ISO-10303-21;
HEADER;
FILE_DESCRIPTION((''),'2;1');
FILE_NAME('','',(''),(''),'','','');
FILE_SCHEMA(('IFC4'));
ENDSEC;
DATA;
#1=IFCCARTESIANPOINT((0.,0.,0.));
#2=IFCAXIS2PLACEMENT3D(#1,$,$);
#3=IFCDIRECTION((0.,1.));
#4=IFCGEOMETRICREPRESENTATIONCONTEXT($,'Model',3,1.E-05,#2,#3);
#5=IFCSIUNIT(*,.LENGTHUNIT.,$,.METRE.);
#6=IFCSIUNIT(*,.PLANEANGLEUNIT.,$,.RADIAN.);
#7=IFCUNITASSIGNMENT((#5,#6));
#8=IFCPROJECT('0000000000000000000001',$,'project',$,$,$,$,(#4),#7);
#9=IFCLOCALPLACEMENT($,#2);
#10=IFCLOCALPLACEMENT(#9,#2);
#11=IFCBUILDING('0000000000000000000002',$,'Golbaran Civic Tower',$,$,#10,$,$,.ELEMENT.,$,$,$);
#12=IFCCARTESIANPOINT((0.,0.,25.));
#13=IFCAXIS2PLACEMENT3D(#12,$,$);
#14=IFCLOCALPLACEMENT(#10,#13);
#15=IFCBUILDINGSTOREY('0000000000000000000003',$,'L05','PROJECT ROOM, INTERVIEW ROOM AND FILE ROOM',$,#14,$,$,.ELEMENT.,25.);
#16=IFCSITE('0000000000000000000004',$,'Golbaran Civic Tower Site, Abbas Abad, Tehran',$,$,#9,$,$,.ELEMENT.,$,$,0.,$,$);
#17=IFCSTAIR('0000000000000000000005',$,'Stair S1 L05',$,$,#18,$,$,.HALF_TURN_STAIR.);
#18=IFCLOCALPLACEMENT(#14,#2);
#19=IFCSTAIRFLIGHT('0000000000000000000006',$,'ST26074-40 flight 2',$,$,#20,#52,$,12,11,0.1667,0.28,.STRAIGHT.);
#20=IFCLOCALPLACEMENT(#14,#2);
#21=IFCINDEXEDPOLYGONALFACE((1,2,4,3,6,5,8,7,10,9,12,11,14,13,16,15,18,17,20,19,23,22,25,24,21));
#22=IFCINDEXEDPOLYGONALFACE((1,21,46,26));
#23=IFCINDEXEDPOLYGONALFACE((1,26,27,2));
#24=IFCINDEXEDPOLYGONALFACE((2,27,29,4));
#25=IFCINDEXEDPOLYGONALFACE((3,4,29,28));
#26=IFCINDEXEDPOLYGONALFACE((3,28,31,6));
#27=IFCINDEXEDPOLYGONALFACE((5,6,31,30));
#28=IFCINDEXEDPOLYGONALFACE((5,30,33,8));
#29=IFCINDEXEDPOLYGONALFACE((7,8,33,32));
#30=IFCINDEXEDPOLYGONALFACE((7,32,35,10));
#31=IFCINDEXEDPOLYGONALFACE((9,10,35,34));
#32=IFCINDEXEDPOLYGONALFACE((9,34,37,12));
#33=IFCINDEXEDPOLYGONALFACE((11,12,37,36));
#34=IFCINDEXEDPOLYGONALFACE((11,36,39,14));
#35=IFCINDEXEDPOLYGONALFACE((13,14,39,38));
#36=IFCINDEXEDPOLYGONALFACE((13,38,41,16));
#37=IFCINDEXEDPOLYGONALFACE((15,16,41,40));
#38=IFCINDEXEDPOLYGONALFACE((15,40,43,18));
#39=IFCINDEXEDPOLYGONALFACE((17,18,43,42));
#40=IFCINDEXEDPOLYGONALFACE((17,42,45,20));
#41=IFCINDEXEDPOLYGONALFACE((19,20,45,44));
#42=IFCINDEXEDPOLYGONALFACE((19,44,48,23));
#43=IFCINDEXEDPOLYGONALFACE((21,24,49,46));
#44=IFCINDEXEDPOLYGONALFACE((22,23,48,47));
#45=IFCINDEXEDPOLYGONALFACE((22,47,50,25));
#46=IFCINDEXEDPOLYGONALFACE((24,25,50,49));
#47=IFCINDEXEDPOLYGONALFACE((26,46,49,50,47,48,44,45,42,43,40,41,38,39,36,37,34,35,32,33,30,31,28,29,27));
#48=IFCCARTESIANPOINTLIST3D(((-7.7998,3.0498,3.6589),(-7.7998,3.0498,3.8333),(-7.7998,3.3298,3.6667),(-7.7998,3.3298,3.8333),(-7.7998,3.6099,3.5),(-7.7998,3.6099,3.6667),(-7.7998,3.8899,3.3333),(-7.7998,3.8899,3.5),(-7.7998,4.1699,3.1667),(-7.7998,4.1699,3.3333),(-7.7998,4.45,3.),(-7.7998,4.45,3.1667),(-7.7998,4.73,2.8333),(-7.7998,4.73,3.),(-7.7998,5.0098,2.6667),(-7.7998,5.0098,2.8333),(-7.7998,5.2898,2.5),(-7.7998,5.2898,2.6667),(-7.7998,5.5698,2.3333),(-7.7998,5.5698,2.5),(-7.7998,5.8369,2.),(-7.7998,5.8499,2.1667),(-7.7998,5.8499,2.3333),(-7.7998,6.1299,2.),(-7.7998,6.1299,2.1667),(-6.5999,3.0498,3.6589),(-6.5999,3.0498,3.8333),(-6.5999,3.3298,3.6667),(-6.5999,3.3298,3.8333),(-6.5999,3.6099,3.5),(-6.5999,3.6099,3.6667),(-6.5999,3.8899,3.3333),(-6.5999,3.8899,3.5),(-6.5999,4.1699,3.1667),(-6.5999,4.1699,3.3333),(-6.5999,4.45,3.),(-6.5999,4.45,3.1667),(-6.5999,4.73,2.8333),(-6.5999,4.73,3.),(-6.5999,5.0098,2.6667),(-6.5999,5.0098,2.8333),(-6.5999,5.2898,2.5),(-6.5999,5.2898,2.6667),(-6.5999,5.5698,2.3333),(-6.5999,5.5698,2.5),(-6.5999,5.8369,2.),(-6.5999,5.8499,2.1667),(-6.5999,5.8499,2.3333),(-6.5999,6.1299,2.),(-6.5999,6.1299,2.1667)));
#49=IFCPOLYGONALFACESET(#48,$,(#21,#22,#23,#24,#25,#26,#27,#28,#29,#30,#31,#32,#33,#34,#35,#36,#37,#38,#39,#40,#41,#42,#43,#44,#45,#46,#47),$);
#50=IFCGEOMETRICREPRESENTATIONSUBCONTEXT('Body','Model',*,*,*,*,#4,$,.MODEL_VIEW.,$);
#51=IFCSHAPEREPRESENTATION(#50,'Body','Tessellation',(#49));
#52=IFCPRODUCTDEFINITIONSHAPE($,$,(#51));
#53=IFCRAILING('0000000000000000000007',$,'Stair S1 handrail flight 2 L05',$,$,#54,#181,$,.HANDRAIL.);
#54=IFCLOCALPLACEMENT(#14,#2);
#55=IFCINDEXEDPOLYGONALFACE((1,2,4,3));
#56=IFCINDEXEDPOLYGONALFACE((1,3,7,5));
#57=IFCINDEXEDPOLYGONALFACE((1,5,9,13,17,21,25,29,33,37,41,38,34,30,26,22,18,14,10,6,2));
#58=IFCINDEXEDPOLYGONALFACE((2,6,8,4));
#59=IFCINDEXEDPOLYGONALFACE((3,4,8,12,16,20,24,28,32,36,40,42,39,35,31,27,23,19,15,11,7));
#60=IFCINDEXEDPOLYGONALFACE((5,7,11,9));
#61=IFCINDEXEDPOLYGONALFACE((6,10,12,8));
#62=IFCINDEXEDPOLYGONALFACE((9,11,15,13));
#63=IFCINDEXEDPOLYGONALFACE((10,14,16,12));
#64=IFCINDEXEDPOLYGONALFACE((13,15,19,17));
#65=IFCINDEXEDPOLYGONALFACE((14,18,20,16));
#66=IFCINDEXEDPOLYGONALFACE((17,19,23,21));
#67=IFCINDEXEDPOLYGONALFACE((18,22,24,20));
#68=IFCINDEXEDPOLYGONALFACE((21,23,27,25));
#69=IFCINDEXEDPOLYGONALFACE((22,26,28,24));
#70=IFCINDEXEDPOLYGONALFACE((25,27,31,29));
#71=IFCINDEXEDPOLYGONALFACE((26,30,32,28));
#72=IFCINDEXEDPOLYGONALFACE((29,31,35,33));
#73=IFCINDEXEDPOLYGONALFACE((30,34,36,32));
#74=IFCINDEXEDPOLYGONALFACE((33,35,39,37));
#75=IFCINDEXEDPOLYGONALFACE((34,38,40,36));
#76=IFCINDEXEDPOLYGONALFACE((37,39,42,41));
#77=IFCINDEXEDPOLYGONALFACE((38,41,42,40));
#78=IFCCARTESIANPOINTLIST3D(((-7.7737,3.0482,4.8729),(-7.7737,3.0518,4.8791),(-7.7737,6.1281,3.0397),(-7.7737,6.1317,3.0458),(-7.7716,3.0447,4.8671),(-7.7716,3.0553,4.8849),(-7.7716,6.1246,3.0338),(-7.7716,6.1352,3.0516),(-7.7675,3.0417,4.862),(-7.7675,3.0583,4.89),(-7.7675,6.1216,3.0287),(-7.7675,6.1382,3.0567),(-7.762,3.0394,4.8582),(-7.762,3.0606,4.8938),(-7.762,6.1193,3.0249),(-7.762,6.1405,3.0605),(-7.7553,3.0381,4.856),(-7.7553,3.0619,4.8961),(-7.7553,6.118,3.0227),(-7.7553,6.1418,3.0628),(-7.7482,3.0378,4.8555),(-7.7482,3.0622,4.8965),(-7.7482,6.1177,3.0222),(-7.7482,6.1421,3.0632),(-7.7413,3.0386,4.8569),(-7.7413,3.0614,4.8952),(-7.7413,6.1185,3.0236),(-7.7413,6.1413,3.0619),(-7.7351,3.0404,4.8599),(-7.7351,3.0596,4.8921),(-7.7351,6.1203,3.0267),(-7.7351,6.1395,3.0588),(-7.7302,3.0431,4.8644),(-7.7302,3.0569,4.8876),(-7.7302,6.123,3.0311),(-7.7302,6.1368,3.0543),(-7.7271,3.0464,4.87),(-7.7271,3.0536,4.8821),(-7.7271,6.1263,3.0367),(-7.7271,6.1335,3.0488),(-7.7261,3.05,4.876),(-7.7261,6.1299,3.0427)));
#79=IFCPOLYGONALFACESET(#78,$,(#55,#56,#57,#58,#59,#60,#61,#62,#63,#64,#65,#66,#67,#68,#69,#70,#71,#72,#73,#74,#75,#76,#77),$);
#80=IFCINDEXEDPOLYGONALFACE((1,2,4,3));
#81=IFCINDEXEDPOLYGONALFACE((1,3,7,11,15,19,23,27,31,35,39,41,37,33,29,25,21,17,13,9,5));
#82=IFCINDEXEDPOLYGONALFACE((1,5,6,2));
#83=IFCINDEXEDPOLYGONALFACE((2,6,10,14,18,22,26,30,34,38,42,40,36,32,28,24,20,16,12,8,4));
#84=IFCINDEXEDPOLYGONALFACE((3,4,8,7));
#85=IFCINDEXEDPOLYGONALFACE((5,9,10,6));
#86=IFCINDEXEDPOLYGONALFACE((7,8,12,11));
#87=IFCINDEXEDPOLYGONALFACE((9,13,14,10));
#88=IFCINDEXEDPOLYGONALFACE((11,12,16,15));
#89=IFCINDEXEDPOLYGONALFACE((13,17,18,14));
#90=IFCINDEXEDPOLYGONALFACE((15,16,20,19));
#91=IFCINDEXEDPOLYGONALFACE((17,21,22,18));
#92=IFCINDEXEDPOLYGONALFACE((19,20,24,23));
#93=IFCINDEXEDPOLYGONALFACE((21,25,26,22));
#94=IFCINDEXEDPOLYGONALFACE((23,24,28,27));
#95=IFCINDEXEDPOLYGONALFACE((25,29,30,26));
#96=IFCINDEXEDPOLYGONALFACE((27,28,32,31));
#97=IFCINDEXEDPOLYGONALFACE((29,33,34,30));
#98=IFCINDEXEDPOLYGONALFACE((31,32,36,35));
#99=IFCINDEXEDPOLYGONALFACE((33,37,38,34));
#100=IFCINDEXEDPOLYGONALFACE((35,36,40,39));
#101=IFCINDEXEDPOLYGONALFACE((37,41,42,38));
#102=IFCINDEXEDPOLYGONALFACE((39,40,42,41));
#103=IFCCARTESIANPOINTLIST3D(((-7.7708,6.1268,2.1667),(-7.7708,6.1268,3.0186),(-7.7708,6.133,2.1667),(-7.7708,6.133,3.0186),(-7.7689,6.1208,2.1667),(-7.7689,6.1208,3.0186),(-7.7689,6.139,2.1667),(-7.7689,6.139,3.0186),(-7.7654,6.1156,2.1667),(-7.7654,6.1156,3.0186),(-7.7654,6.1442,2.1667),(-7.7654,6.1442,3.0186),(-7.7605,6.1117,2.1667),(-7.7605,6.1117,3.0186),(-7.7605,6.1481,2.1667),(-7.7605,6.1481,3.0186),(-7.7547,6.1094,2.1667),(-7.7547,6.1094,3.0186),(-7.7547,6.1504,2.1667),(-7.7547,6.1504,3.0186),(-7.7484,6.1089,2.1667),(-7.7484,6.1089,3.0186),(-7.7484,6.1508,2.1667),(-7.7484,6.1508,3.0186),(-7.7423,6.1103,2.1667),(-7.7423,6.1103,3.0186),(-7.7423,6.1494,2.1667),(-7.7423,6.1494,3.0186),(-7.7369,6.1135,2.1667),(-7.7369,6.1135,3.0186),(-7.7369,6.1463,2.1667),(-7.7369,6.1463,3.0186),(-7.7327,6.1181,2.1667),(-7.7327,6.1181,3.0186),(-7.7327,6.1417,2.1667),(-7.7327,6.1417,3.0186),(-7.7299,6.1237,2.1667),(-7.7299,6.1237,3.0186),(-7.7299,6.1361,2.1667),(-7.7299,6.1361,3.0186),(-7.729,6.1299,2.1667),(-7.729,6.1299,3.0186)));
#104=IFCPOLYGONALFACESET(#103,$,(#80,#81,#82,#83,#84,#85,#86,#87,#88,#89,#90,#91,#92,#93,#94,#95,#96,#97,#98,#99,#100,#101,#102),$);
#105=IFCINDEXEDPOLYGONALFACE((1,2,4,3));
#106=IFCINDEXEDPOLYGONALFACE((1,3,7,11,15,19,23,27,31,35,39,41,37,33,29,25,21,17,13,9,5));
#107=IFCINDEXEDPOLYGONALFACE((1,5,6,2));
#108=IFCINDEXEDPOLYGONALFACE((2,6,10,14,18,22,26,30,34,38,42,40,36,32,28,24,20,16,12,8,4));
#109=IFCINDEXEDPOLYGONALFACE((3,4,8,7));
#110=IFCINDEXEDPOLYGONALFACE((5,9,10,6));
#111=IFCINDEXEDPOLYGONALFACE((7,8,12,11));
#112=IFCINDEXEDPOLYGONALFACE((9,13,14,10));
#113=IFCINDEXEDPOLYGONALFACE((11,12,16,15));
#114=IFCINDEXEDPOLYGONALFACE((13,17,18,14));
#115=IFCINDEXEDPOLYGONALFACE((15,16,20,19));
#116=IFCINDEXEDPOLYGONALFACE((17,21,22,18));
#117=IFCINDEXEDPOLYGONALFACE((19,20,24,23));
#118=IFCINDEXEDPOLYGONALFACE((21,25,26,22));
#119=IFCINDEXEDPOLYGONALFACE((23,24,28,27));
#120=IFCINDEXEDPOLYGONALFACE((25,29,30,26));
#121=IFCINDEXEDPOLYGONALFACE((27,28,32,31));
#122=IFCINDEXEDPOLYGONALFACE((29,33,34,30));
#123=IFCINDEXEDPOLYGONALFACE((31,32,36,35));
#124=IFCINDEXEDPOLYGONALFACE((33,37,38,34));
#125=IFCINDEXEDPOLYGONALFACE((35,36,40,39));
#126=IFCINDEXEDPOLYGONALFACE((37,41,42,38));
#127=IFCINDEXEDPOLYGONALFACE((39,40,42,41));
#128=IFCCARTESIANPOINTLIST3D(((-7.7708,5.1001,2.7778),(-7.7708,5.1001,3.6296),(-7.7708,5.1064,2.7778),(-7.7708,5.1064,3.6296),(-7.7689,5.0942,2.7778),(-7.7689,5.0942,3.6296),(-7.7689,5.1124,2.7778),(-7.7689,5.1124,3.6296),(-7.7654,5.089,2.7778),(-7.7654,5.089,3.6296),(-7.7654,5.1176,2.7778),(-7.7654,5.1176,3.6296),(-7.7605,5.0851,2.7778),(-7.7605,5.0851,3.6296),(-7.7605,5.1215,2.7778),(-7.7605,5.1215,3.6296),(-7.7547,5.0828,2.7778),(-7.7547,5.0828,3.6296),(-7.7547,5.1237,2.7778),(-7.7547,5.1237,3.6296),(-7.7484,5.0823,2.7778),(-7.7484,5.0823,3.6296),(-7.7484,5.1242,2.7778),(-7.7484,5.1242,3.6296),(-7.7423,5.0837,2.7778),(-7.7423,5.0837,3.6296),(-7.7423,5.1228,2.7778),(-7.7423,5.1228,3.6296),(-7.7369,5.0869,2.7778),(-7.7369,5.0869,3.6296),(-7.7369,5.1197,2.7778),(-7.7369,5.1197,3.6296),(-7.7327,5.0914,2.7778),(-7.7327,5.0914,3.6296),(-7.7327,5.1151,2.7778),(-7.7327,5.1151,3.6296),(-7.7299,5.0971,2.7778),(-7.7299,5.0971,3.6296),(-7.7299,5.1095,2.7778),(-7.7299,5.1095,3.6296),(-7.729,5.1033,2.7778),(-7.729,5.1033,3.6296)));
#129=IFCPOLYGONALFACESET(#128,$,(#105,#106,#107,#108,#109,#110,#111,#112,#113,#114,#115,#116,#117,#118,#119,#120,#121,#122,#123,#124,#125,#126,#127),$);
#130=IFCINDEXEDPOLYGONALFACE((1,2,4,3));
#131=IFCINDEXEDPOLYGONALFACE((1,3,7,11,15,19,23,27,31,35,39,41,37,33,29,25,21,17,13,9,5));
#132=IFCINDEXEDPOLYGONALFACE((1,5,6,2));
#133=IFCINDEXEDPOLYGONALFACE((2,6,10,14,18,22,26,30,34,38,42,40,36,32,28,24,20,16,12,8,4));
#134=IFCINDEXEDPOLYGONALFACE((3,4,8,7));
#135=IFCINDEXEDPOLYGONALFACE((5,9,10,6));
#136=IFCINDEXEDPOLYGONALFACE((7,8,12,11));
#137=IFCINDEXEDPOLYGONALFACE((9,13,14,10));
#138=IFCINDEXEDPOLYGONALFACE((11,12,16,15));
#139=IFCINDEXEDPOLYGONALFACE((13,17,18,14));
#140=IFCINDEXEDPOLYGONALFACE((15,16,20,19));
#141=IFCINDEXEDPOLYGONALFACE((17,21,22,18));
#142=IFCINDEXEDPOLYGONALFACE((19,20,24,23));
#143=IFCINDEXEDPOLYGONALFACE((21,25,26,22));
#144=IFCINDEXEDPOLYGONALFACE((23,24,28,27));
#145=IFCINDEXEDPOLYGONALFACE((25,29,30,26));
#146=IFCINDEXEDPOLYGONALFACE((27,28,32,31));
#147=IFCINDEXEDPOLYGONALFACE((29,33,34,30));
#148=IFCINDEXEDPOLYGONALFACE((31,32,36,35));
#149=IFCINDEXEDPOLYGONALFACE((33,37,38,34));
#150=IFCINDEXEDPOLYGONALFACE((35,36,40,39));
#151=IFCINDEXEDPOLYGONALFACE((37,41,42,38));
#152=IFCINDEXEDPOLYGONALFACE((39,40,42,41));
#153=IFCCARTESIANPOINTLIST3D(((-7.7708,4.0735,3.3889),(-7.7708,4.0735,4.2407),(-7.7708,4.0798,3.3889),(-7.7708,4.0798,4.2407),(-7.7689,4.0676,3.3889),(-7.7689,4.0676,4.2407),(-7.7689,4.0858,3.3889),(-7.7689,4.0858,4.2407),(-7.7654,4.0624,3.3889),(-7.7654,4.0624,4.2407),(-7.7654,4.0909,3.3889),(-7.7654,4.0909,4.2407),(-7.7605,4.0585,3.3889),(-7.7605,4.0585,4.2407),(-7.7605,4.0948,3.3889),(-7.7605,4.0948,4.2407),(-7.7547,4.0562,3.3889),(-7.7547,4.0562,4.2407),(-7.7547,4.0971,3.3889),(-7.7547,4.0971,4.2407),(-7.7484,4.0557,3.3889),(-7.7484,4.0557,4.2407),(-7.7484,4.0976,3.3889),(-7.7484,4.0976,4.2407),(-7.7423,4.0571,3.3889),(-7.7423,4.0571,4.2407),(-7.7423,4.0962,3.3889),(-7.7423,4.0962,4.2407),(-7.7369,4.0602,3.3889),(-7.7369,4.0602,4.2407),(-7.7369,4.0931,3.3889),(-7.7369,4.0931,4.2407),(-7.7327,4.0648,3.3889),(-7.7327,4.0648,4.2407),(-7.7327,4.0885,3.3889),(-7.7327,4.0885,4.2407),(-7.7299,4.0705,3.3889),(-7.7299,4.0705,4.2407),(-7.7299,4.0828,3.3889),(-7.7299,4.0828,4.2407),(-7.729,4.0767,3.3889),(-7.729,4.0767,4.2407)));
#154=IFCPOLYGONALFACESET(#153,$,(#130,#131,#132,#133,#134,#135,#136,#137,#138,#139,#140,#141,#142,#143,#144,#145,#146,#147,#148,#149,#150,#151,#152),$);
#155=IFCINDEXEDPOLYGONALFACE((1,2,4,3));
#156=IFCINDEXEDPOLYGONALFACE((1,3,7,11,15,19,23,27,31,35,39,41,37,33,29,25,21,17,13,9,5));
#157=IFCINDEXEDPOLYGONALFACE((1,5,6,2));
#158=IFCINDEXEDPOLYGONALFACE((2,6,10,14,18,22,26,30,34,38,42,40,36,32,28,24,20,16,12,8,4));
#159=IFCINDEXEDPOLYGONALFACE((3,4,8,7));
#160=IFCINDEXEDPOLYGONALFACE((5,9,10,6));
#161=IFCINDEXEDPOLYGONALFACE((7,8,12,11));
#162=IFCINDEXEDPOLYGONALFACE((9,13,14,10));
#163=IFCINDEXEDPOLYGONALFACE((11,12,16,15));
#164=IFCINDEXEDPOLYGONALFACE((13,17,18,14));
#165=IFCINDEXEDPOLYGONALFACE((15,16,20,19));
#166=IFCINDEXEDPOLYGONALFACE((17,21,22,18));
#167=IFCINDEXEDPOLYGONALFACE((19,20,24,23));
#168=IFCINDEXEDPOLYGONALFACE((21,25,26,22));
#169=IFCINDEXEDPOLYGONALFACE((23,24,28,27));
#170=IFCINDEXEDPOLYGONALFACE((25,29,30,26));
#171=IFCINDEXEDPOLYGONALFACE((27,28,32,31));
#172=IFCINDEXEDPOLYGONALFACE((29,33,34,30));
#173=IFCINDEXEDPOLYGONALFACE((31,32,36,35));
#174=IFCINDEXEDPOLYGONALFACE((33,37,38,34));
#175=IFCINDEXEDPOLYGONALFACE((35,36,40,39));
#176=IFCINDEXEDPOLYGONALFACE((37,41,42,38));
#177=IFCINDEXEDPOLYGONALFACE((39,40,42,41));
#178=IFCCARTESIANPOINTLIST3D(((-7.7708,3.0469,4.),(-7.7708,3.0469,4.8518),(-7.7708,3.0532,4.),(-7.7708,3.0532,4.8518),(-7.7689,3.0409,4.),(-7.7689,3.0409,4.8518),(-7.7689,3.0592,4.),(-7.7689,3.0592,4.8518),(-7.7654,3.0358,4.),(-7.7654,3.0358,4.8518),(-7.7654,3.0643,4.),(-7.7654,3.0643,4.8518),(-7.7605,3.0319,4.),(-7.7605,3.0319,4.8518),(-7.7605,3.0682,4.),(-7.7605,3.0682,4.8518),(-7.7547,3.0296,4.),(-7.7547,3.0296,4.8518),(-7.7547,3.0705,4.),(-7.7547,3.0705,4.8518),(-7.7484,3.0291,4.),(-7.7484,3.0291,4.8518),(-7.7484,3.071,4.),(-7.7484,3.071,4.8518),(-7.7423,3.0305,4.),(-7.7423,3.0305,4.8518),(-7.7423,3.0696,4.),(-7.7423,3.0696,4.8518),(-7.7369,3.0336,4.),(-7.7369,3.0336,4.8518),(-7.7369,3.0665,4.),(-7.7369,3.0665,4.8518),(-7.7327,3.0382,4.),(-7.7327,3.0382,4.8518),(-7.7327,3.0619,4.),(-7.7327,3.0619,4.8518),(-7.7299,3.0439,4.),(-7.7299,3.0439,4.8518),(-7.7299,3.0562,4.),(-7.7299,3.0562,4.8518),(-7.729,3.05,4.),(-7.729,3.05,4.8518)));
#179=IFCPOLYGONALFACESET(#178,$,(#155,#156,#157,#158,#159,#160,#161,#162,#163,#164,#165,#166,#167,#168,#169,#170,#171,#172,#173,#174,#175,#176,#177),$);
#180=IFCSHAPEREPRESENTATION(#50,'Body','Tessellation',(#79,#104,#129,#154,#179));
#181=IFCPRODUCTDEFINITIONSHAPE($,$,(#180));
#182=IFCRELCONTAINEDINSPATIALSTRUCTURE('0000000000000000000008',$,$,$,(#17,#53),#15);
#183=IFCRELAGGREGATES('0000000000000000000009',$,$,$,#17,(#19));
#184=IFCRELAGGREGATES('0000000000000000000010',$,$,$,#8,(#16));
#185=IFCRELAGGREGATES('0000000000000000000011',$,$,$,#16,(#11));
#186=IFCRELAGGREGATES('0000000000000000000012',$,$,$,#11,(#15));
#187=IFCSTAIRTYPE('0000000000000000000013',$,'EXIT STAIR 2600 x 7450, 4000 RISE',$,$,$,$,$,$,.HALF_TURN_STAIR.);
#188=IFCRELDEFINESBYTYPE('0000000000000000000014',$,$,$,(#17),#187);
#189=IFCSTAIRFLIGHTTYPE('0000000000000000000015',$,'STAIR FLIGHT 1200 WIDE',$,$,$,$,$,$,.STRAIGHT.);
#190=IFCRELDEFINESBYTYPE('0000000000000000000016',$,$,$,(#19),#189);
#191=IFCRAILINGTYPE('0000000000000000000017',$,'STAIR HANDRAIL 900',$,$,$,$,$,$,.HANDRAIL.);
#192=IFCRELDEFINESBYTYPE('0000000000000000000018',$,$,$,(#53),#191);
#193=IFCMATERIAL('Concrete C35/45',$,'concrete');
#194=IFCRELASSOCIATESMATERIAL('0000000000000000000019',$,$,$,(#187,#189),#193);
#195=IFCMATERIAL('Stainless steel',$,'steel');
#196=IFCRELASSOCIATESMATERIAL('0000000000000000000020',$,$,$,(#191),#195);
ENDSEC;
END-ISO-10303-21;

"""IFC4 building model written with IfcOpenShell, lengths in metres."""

from ifc_helpers import new_model, si_unit, direction, frame, origin, origin_2d, place, context, subcontext, project, spatial, polyline, circle, outline, extrude, material, type_object, element, aggregate, save


model = new_model("IFC4")

# Units and contexts
model_context = context("Model", 3, precision=1e-05, world=origin(), true_north=direction((0.0, 1.0)))
body_context = subcontext(model_context, "Body", "Model", "MODEL_VIEW")
ifc_project = project(units=[si_unit("LENGTHUNIT", "METRE"), si_unit("PLANEANGLEUNIT", "RADIAN")], contexts=[model_context])

# Site, building, storey
site_placement = place(None, origin())
site = spatial("IfcSite", under=ifc_project, at=site_placement, Name="Golbaran Civic Tower Site, Abbas Abad, Tehran", CompositionType="ELEMENT", RefElevation=0.0)
building_placement = place(site_placement, origin())
building = spatial("IfcBuilding", under=site, at=building_placement, Name="Golbaran Civic Tower", CompositionType="ELEMENT")
storey_placement = place(building_placement, frame((0.0, 0.0, 25.0)))
storey = spatial("IfcBuildingStorey", under=building, at=storey_placement, Name="L05", Description="PROJECT ROOM, INTERVIEW ROOM AND FILE ROOM", CompositionType="ELEMENT", Elevation=25.0)

# Stair
ifc_material_1 = material(Name="Concrete C35/45", Category="concrete")
stair_type = type_object("IfcStairType", Name="EXIT STAIR 2600 x 7450, 4000 RISE", PredefinedType="HALF_TURN_STAIR", material=ifc_material_1)
stair_placement = place(storey_placement, origin())
stair = element("IfcStair", 1, at=stair_placement, inside=storey, type_object=stair_type, Name="Stair S1 L05", PredefinedType="HALF_TURN_STAIR")

# Shared definitions
ifc_material_2 = material(Name="Stainless steel", Category="steel")

# Stair flight
stair_flight_type = type_object("IfcStairFlightType", Name="STAIR FLIGHT 1200 WIDE", PredefinedType="STRAIGHT", material=ifc_material_1)
stair_flight_placement = place(storey_placement, frame((-7.2, 6.1299, 2.0), z_axis=(0.0, 0.0, 1.0), x_axis=(0.0, -1.0, 0.0)))
stair_flight = element("IfcStairFlight", 2, at=stair_flight_placement, type_object=stair_flight_type, Name="ST26074-40 flight 2", NumberOfRisers=12, NumberOfTreads=11, PredefinedType="STRAIGHT", RiserHeight=0.1667, TreadLength=0.28, context=body_context, shape_type="SweptSolid", body=[
    extrude(outline(polyline([(0.0, 0.0), (0.0, 0.1667), (0.28, 0.1667), (0.28, 0.3333), (0.5601, 0.3333), (0.5601, 0.5), (0.8401, 0.5), (0.8401, 0.6667), (1.1201, 0.6667), (1.1201, 0.8333), (1.3999, 0.8333), (1.3999, 1.0), (1.6799, 1.0), (1.6799, 1.1667), (1.96, 1.1667), (1.96, 1.3333), (2.24, 1.3333), (2.24, 1.5), (2.52, 1.5), (2.52, 1.6667), (2.8, 1.6667), (2.8, 1.8333), (3.0801, 1.8333), (3.0801, 2.0), (3.0801, 1.6589), (0.293, 0.0), (0.0, 0.0)])), frame((0.0, 0.6001, 0.0), z_axis=(0.0, -1.0, 0.0), x_axis=(1.0, 0.0, 0.0)), (0.0, 0.0, 1.0), 1.2),
])
aggregate(stair, [stair_flight])

# Railing
railing_type = type_object("IfcRailingType", Name="STAIR HANDRAIL 900", PredefinedType="HANDRAIL", material=ifc_material_2)
railing_placement = place(storey_placement, frame((-7.75, 6.1299, 2.1667)))
element("IfcRailing", 3, at=railing_placement, inside=storey, type_object=railing_type, Name="Stair S1 handrail flight 2 L05", PredefinedType="HANDRAIL", context=body_context, shape_type="SweptSolid", body=[
    extrude(circle(Radius=0.0239, at=origin_2d()), frame((0.0, 0.0, 0.876), z_axis=(0.0, -0.859291, 0.511487), x_axis=(1.0, 0.0, 0.0)), (0.0, 0.0, 1.0), 3.5842),
    extrude(circle(Radius=0.021, at=origin_2d()), origin(), (0.0, 0.0, 1.0), 0.8518),
    extrude(circle(Radius=0.021, at=origin_2d()), frame((0.0, -1.0266, 0.6111)), (0.0, 0.0, 1.0), 0.8518),
    extrude(circle(Radius=0.021, at=origin_2d()), frame((0.0, -2.0532, 1.2222)), (0.0, 0.0, 1.0), 0.8518),
    extrude(circle(Radius=0.021, at=origin_2d()), frame((0.0, -3.0798, 1.8333)), (0.0, 0.0, 1.0), 0.8518),
])

save(model, "model.ifc")
